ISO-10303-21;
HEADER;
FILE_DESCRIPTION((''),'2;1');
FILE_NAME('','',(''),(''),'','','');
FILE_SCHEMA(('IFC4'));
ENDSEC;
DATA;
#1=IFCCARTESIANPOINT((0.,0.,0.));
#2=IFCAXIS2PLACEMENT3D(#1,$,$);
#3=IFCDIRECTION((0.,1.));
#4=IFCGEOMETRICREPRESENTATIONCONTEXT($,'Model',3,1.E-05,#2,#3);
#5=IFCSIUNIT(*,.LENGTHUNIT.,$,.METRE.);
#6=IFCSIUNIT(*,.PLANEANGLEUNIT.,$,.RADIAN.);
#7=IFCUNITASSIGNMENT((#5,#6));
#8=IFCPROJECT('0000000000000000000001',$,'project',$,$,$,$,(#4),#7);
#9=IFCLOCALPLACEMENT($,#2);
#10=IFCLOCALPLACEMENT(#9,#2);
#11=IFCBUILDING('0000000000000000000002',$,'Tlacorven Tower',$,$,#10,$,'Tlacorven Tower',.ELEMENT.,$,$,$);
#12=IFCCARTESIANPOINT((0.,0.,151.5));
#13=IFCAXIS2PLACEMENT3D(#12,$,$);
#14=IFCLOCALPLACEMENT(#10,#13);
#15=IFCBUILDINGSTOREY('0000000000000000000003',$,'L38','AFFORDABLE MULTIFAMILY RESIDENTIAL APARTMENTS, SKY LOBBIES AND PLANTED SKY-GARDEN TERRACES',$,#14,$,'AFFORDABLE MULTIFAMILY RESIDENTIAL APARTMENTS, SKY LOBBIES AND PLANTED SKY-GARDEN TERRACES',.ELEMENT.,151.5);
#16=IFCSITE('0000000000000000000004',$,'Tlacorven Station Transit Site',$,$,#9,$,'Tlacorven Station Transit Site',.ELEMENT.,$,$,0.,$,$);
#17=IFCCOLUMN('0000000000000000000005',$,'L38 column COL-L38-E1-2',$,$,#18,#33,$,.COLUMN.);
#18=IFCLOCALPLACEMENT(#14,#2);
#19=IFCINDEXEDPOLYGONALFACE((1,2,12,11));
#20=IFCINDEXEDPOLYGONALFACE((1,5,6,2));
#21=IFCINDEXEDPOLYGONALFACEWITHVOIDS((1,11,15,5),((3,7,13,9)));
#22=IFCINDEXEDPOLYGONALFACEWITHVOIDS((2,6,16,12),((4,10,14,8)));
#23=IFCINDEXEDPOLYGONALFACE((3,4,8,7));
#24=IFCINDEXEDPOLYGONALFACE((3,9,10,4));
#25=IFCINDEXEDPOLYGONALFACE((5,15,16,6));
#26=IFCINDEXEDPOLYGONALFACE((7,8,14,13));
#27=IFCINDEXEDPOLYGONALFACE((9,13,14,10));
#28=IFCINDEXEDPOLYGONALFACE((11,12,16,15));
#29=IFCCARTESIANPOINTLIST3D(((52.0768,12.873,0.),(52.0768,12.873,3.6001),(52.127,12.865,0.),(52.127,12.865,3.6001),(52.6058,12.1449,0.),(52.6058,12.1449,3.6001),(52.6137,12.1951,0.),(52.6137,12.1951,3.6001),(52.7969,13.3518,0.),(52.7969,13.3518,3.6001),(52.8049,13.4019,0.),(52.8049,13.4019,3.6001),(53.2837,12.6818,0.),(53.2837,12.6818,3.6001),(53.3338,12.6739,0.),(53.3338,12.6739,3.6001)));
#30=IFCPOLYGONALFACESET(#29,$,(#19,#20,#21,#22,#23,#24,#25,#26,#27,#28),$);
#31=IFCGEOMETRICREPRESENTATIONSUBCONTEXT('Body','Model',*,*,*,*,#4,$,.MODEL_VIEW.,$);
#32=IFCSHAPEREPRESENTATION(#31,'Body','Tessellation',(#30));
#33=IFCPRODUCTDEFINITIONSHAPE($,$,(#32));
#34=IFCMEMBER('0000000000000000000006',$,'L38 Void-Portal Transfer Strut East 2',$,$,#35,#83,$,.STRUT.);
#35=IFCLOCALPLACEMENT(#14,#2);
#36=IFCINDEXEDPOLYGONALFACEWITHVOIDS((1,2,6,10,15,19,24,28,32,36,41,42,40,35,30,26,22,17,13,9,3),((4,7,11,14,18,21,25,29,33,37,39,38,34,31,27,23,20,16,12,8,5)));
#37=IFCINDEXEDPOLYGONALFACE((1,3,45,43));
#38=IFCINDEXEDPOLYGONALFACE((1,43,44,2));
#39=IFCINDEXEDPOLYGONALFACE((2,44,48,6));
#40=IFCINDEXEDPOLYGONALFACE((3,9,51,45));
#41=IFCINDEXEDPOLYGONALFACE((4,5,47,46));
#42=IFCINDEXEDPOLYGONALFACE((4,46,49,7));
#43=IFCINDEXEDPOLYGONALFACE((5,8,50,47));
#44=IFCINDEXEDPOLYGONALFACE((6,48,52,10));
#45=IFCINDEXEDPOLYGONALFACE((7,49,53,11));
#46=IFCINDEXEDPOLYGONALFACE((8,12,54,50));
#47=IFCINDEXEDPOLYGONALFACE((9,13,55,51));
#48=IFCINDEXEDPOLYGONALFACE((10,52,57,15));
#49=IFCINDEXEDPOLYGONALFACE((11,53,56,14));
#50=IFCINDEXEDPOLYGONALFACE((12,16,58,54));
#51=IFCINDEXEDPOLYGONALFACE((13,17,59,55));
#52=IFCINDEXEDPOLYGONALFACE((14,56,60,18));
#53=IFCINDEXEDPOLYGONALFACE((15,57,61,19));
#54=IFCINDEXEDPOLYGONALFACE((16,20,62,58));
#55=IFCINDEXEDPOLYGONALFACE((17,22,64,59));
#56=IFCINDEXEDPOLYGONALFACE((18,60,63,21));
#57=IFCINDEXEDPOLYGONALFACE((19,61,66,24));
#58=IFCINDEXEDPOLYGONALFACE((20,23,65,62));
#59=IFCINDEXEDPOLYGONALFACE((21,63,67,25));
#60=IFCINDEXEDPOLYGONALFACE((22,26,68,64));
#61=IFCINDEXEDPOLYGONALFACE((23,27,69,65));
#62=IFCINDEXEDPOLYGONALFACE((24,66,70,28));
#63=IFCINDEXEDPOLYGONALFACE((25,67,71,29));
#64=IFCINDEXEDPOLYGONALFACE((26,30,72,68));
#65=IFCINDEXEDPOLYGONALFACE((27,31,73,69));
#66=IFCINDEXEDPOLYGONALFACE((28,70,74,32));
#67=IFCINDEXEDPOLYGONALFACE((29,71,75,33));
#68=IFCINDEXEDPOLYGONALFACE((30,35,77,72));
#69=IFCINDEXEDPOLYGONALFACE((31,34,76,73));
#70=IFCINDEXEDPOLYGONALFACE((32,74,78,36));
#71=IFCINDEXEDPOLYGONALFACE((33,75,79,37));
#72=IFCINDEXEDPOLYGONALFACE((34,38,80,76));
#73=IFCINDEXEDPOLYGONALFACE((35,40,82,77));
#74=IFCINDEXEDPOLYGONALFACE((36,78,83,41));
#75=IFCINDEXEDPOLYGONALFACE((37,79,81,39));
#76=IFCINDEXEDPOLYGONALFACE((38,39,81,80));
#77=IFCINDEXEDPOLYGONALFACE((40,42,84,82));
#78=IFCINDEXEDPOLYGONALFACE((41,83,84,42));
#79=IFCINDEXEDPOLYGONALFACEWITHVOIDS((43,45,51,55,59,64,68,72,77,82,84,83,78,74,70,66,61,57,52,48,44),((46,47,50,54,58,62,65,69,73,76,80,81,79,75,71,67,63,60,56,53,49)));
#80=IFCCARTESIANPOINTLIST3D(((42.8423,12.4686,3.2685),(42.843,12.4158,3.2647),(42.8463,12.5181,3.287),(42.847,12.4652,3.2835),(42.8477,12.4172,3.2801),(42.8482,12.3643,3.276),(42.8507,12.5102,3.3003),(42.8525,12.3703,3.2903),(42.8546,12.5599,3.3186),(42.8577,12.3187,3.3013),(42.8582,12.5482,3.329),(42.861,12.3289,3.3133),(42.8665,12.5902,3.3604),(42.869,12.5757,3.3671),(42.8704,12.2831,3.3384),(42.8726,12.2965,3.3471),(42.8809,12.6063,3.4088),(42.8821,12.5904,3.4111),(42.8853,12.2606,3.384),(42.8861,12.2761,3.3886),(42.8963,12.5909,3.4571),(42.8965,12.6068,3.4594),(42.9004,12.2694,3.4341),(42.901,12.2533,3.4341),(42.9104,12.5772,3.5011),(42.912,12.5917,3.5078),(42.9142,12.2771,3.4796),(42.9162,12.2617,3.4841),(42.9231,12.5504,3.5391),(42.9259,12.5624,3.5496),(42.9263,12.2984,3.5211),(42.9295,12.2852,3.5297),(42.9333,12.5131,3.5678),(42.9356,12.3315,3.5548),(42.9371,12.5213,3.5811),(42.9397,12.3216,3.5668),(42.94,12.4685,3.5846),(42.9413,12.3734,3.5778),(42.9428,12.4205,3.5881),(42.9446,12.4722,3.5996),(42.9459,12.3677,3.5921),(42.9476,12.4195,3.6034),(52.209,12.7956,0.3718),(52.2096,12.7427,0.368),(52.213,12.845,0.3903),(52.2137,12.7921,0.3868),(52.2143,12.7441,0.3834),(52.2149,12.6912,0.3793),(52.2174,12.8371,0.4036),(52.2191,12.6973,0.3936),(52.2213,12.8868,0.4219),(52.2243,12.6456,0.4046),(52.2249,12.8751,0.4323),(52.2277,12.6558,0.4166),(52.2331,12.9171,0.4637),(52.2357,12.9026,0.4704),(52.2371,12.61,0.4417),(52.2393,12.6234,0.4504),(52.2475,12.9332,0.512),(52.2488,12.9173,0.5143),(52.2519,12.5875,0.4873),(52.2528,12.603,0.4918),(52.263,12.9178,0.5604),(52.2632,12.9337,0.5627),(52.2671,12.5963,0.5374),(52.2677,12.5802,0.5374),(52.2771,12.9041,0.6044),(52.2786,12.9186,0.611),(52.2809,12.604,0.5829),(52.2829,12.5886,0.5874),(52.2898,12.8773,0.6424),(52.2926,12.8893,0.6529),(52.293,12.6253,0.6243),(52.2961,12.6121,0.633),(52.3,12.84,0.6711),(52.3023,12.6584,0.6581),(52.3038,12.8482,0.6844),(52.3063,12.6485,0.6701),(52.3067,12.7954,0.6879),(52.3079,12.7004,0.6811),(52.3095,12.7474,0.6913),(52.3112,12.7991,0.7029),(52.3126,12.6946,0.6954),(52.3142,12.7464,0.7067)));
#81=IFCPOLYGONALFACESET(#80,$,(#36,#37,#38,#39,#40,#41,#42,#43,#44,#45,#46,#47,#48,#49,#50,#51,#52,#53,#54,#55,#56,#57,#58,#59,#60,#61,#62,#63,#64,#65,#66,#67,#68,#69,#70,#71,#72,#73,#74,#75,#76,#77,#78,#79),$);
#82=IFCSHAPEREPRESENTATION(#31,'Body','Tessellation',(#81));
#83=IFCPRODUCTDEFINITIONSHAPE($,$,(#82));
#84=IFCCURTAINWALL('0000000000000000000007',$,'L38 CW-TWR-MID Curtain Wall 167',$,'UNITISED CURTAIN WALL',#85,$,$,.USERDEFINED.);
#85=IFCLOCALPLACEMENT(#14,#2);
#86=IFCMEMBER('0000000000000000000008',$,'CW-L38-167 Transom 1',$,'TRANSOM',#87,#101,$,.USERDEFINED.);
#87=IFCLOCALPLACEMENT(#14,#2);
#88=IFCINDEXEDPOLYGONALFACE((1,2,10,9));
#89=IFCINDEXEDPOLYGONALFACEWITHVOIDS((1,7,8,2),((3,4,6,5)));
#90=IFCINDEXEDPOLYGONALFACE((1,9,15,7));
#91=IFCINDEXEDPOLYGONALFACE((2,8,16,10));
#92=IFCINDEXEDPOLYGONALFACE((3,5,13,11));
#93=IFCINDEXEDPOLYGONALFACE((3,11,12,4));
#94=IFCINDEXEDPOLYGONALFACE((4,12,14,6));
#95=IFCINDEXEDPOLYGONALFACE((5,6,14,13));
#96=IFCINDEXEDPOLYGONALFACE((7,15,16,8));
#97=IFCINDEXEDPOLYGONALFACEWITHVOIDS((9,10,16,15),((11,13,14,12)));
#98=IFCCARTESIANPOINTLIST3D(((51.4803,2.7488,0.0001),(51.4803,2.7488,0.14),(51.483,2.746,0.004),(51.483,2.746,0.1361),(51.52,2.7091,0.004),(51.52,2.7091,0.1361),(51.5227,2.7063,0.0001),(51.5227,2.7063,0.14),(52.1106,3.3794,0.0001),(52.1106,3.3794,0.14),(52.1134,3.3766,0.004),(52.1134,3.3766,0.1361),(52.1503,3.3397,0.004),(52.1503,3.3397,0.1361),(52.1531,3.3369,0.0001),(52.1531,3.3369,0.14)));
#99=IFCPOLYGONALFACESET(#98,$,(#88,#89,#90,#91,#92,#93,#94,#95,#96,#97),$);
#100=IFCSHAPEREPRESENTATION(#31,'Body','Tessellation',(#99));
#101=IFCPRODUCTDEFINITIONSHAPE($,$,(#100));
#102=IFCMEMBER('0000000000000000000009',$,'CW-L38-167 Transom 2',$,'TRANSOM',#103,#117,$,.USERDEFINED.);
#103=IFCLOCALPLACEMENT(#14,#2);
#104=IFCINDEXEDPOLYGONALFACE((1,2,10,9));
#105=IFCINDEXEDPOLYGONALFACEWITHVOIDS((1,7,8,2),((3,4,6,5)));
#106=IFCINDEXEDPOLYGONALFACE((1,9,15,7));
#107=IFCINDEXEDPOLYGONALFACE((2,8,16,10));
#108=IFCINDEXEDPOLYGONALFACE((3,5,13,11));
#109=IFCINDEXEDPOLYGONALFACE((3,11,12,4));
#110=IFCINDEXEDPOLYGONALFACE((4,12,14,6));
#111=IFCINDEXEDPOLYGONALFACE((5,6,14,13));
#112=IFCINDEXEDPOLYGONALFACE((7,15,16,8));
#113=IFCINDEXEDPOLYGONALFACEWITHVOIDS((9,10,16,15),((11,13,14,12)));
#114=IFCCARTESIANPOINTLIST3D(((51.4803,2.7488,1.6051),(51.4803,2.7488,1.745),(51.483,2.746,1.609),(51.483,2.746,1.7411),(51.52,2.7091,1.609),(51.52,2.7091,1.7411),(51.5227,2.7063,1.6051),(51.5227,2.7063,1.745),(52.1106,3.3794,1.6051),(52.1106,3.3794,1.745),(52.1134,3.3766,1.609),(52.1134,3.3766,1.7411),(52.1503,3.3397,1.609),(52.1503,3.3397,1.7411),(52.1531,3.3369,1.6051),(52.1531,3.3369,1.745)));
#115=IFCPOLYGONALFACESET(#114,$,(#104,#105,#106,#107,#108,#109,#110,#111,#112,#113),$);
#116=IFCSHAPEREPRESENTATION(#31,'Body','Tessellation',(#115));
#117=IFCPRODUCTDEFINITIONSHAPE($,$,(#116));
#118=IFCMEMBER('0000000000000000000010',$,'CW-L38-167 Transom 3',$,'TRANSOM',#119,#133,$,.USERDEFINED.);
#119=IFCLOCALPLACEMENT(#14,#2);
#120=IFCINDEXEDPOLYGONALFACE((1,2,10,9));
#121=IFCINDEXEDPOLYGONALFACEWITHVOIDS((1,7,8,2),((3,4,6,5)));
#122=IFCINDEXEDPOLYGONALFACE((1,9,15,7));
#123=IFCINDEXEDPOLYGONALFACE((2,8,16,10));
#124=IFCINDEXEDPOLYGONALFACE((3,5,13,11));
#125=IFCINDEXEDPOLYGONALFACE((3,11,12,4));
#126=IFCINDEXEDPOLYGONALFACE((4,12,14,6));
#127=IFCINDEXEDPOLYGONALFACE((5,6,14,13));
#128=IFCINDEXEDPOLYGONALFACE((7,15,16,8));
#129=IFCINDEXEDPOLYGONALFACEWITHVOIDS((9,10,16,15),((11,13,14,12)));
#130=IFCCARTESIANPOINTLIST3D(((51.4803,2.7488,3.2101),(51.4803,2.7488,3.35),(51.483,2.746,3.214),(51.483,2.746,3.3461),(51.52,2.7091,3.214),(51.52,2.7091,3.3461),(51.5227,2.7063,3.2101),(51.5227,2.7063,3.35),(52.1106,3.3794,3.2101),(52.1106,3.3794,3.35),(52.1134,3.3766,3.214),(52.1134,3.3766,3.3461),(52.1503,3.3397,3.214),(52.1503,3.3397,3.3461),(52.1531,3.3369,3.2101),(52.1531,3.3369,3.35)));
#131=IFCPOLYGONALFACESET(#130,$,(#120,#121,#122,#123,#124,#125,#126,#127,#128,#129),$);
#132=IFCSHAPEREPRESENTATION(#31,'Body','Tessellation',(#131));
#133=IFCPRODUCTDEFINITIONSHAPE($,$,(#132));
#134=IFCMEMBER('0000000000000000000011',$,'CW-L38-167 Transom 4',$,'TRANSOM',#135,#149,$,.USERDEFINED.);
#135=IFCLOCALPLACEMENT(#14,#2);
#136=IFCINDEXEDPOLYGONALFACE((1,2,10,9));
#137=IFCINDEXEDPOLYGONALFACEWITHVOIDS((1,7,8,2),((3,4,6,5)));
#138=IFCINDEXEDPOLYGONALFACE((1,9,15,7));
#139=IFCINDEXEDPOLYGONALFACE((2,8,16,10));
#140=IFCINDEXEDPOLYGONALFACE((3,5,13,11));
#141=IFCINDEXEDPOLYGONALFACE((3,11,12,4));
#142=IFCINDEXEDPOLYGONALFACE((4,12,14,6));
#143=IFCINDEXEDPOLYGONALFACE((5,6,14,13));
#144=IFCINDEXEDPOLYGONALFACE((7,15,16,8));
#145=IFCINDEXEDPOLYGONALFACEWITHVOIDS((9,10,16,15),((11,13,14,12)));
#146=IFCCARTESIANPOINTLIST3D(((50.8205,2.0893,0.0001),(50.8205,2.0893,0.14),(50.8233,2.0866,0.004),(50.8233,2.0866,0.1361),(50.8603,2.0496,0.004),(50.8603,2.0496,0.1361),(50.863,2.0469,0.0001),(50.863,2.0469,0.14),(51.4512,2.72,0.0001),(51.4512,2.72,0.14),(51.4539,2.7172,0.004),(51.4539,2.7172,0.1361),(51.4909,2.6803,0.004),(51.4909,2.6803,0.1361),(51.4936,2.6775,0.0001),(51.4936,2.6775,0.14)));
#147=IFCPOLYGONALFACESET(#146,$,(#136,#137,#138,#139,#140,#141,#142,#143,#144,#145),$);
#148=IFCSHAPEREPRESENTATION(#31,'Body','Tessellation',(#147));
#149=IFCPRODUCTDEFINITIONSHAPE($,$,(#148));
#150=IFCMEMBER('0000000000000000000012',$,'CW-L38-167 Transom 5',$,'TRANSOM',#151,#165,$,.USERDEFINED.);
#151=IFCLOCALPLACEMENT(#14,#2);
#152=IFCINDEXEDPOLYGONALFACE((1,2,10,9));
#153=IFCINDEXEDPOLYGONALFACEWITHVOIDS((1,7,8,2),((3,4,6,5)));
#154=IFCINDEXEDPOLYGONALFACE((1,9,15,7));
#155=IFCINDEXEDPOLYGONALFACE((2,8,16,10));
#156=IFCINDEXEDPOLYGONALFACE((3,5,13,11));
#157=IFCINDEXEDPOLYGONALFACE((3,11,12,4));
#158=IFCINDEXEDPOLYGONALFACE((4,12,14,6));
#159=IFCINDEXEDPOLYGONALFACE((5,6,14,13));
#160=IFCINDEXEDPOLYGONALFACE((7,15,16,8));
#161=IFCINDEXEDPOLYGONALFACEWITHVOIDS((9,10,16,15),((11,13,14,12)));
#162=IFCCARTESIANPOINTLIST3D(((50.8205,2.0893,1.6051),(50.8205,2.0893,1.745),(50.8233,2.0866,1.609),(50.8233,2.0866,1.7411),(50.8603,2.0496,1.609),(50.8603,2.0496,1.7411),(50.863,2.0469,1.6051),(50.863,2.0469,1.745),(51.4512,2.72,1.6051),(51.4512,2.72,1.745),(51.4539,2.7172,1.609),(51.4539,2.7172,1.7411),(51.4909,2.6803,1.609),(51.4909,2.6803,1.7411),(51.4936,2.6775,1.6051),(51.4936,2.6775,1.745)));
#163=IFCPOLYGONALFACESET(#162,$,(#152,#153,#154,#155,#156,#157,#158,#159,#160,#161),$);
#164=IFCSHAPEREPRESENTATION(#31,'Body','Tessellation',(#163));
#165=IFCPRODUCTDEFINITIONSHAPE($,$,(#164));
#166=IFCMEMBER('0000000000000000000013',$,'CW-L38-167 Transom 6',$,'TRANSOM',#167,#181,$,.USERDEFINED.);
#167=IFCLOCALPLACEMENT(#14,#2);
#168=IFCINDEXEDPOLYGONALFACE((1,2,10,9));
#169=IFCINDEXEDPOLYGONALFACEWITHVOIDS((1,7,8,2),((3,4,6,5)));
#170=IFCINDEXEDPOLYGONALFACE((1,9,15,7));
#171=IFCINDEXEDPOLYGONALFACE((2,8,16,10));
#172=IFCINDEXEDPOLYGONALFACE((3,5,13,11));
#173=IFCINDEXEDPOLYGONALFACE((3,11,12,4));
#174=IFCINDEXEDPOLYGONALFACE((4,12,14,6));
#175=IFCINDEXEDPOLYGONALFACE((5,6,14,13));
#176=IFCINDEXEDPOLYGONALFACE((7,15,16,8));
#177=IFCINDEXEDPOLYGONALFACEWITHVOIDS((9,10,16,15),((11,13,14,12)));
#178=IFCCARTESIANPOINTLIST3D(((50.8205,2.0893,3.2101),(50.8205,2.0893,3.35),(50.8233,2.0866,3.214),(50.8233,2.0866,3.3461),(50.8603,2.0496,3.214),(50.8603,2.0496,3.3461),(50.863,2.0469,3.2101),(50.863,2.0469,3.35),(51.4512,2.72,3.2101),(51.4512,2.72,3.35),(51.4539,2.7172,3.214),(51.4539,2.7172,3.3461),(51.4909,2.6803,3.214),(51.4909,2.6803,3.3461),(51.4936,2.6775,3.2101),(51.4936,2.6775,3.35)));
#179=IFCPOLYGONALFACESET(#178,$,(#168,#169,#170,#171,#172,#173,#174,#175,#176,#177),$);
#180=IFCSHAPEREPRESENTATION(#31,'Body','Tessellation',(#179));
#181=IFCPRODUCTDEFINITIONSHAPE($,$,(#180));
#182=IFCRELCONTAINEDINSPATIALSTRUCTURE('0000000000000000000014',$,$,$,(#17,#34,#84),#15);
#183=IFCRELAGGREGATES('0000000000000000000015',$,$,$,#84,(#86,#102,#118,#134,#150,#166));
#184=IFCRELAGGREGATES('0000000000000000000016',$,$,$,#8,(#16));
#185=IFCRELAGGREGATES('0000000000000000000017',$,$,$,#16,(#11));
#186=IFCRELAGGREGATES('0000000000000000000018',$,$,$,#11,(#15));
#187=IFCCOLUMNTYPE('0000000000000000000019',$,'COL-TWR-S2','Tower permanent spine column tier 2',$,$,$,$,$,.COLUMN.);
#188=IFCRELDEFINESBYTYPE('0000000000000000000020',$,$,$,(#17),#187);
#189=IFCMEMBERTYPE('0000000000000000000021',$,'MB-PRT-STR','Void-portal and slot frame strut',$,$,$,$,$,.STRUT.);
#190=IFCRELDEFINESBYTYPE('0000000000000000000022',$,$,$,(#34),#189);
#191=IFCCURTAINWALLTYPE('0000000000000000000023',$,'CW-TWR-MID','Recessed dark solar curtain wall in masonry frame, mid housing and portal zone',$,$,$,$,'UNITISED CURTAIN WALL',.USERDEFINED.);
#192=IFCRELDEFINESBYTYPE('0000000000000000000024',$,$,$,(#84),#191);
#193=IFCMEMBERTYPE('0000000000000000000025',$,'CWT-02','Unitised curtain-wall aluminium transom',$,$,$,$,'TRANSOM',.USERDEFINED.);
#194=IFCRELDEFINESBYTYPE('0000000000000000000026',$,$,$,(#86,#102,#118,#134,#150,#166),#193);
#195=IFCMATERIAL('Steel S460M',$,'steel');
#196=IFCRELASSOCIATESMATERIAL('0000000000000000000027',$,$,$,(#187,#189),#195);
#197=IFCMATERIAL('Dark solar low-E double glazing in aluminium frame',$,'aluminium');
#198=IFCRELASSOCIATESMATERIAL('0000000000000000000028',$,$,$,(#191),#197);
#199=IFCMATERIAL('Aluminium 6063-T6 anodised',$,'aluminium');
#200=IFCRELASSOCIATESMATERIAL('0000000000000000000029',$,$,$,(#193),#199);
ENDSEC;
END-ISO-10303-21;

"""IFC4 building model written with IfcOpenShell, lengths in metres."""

from ifc_helpers import new_model, si_unit, direction, frame, origin, origin_2d, place, context, subcontext, project, spatial, hollow_rectangle, hollow_circle, extrude, source, transform, mapped, material, material_profile, profile_set, type_object, element, aggregate, save


model = new_model("IFC4")

# Units and contexts
model_context = context("Model", 3, precision=1e-05, world=origin(), true_north=direction((0.0, 1.0)))
body_context = subcontext(model_context, "Body", "Model", "MODEL_VIEW")
ifc_project = project(units=[si_unit("LENGTHUNIT", "METRE"), si_unit("PLANEANGLEUNIT", "RADIAN")], contexts=[model_context])

# Site, building, storey
site_placement = place(None, origin())
site = spatial("IfcSite", under=ifc_project, at=site_placement, Name="Tlacorven Station Transit Site", LongName="Tlacorven Station Transit Site", CompositionType="ELEMENT", RefElevation=0.0)
building_placement = place(site_placement, origin())
building = spatial("IfcBuilding", under=site, at=building_placement, Name="Tlacorven Tower", LongName="Tlacorven Tower", CompositionType="ELEMENT")
storey_placement = place(building_placement, frame((0.0, 0.0, 151.5)))
storey = spatial("IfcBuildingStorey", under=building, at=storey_placement, Name="L38", Description="AFFORDABLE MULTIFAMILY RESIDENTIAL APARTMENTS, SKY LOBBIES AND PLANTED SKY-GARDEN TERRACES", LongName="AFFORDABLE MULTIFAMILY RESIDENTIAL APARTMENTS, SKY LOBBIES AND PLANTED SKY-GARDEN TERRACES", CompositionType="ELEMENT", Elevation=151.5)

# Column
ifc_material_1 = material(Name="Steel S460M", Category="steel")
ifc_material_profile_1 = material_profile(ifc_material_1, hollow_rectangle(XDim=0.8999, YDim=0.8999, WallThickness=0.0359, at=origin_2d()), Name="BOX 900X900X36")
ifc_profile_set_1 = profile_set([ifc_material_profile_1], Name="Steel S460M")
column_type = type_object("IfcColumnType", Name="COL-TWR-S2", Description="Tower permanent spine column tier 2", PredefinedType="COLUMN", material=ifc_profile_set_1)
shared_shape_1 = source(origin(), body_context, "Body", "SweptSolid", [
    extrude(hollow_rectangle(XDim=0.8999, YDim=0.8999, WallThickness=0.0359, at=origin_2d()), origin(), (0.0, 0.0, 1.0), 3.6001),
])
column_placement = place(storey_placement, frame((52.7053, 12.7734, 0.0), z_axis=(0.0, 0.0, 1.0), x_axis=(0.809017, 0.587785, 0.0)))
element("IfcColumn", 1, at=column_placement, inside=storey, type_object=column_type, Name="L38 column COL-L38-E1-2", PredefinedType="COLUMN", context=body_context, shape_type="MappedRepresentation", body=[
    mapped(shared_shape_1, transform((0.0, 0.0, 0.0), scale=1.0)),
])

# Member
ifc_material_profile_2 = material_profile(ifc_material_1, hollow_circle(Radius=0.1777, WallThickness=0.0161, at=origin_2d()), Name="CHS 355.6X16")
ifc_profile_set_2 = profile_set([ifc_material_profile_2], Name="Steel S460M")
member_type_1 = type_object("IfcMemberType", Name="MB-PRT-STR", Description="Void-portal and slot frame strut", PredefinedType="STRUT", material=ifc_profile_set_2)
shared_shape_2 = source(origin(), body_context, "Body", "SweptSolid", [
    extrude(hollow_circle(Radius=0.1777, WallThickness=0.0161, at=origin_2d()), origin(), (0.0, 0.0, 1.0), 9.8098),
])
member_1_placement = place(storey_placement, frame((52.2615, 12.7578, 0.5374), z_axis=(-0.954827, -0.033324, 0.295288), x_axis=(0.034879, -0.999392, 0.0)))
element("IfcMember", 2, at=member_1_placement, inside=storey, type_object=member_type_1, Name="L38 Void-Portal Transfer Strut East 2", PredefinedType="STRUT", context=body_context, shape_type="MappedRepresentation", body=[
    mapped(shared_shape_2, transform((0.0, 0.0, 0.0), scale=1.0)),
])

# Curtain wall, members
ifc_material_2 = material(Name="Dark solar low-E double glazing in aluminium frame", Category="aluminium")
curtain_wall_type = type_object("IfcCurtainWallType", Name="CW-TWR-MID", Description="Recessed dark solar curtain wall in masonry frame, mid housing and portal zone", ElementType="UNITISED CURTAIN WALL", PredefinedType="USERDEFINED", material=ifc_material_2)
curtain_wall_placement = place(storey_placement, origin())
curtain_wall = element("IfcCurtainWall", 3, at=curtain_wall_placement, inside=storey, type_object=curtain_wall_type, Name="L38 CW-TWR-MID Curtain Wall 167", ObjectType="UNITISED CURTAIN WALL", PredefinedType="USERDEFINED")
ifc_material_3 = material(Name="Aluminium 6063-T6 anodised", Category="aluminium")
ifc_material_profile_3 = material_profile(ifc_material_3, hollow_rectangle(XDim=0.0601, YDim=0.1399, WallThickness=0.0039, at=origin_2d()), Name="ALU TRANSOM 60X140")
ifc_profile_set_3 = profile_set([ifc_material_profile_3], Name="Aluminium 6063-T6 anodised")
member_type_2 = type_object("IfcMemberType", Name="CWT-02", Description="Unitised curtain-wall aluminium transom", ElementType="TRANSOM", PredefinedType="USERDEFINED", material=ifc_profile_set_3)
shared_shape_3 = source(origin(), body_context, "Body", "SweptSolid", [
    extrude(hollow_rectangle(XDim=0.0601, YDim=0.1399, WallThickness=0.0039, at=origin_2d()), origin(), (0.0, 0.0, 1.0), 0.8916),
])
member_2_placement = place(storey_placement, frame((52.1318, 3.3582, 0.0701), z_axis=(-0.70697, -0.707244, 0.0), x_axis=(0.707244, -0.70697, 0.0)))
member_2 = element("IfcMember", 4, at=member_2_placement, type_object=member_type_2, Name="CW-L38-167 Transom 1", ObjectType="TRANSOM", PredefinedType="USERDEFINED", context=body_context, shape_type="MappedRepresentation", body=[
    mapped(shared_shape_3, transform((0.0, 0.0, 0.0), scale=1.0)),
])
member_3_placement = place(storey_placement, frame((52.1318, 3.3582, 1.675), z_axis=(-0.70697, -0.707244, 0.0), x_axis=(0.707244, -0.70697, 0.0)))
member_3 = element("IfcMember", 5, at=member_3_placement, type_object=member_type_2, Name="CW-L38-167 Transom 2", ObjectType="TRANSOM", PredefinedType="USERDEFINED", context=body_context, shape_type="MappedRepresentation", body=[
    mapped(shared_shape_3, transform((0.0, 0.0, 0.0), scale=1.0)),
])
member_4_placement = place(storey_placement, frame((52.1318, 3.3582, 3.28), z_axis=(-0.70697, -0.707244, 0.0), x_axis=(0.707244, -0.70697, 0.0)))
member_4 = element("IfcMember", 6, at=member_4_placement, type_object=member_type_2, Name="CW-L38-167 Transom 3", ObjectType="TRANSOM", PredefinedType="USERDEFINED", context=body_context, shape_type="MappedRepresentation", body=[
    mapped(shared_shape_3, transform((0.0, 0.0, 0.0), scale=1.0)),
])
shared_shape_4 = source(origin(), body_context, "Body", "SweptSolid", [
    extrude(hollow_rectangle(XDim=0.0601, YDim=0.1399, WallThickness=0.0039, at=origin_2d()), origin(), (0.0, 0.0, 1.0), 0.8918),
])
member_5_placement = place(storey_placement, frame((51.4724, 2.6987, 0.0701), z_axis=(-0.707107, -0.707107, 0.0), x_axis=(0.707107, -0.707107, 0.0)))
member_5 = element("IfcMember", 7, at=member_5_placement, type_object=member_type_2, Name="CW-L38-167 Transom 4", ObjectType="TRANSOM", PredefinedType="USERDEFINED", context=body_context, shape_type="MappedRepresentation", body=[
    mapped(shared_shape_4, transform((0.0, 0.0, 0.0), scale=1.0)),
])
member_6_placement = place(storey_placement, frame((51.4724, 2.6987, 1.675), z_axis=(-0.707107, -0.707107, 0.0), x_axis=(0.707107, -0.707107, 0.0)))
member_6 = element("IfcMember", 8, at=member_6_placement, type_object=member_type_2, Name="CW-L38-167 Transom 5", ObjectType="TRANSOM", PredefinedType="USERDEFINED", context=body_context, shape_type="MappedRepresentation", body=[
    mapped(shared_shape_4, transform((0.0, 0.0, 0.0), scale=1.0)),
])
member_7_placement = place(storey_placement, frame((51.4724, 2.6987, 3.28), z_axis=(-0.707107, -0.707107, 0.0), x_axis=(0.707107, -0.707107, 0.0)))
member_7 = element("IfcMember", 9, at=member_7_placement, type_object=member_type_2, Name="CW-L38-167 Transom 6", ObjectType="TRANSOM", PredefinedType="USERDEFINED", context=body_context, shape_type="MappedRepresentation", body=[
    mapped(shared_shape_4, transform((0.0, 0.0, 0.0), scale=1.0)),
])

aggregate(curtain_wall, [member_2, member_3, member_4, member_5, member_6, member_7])

save(model, "model.ifc")
